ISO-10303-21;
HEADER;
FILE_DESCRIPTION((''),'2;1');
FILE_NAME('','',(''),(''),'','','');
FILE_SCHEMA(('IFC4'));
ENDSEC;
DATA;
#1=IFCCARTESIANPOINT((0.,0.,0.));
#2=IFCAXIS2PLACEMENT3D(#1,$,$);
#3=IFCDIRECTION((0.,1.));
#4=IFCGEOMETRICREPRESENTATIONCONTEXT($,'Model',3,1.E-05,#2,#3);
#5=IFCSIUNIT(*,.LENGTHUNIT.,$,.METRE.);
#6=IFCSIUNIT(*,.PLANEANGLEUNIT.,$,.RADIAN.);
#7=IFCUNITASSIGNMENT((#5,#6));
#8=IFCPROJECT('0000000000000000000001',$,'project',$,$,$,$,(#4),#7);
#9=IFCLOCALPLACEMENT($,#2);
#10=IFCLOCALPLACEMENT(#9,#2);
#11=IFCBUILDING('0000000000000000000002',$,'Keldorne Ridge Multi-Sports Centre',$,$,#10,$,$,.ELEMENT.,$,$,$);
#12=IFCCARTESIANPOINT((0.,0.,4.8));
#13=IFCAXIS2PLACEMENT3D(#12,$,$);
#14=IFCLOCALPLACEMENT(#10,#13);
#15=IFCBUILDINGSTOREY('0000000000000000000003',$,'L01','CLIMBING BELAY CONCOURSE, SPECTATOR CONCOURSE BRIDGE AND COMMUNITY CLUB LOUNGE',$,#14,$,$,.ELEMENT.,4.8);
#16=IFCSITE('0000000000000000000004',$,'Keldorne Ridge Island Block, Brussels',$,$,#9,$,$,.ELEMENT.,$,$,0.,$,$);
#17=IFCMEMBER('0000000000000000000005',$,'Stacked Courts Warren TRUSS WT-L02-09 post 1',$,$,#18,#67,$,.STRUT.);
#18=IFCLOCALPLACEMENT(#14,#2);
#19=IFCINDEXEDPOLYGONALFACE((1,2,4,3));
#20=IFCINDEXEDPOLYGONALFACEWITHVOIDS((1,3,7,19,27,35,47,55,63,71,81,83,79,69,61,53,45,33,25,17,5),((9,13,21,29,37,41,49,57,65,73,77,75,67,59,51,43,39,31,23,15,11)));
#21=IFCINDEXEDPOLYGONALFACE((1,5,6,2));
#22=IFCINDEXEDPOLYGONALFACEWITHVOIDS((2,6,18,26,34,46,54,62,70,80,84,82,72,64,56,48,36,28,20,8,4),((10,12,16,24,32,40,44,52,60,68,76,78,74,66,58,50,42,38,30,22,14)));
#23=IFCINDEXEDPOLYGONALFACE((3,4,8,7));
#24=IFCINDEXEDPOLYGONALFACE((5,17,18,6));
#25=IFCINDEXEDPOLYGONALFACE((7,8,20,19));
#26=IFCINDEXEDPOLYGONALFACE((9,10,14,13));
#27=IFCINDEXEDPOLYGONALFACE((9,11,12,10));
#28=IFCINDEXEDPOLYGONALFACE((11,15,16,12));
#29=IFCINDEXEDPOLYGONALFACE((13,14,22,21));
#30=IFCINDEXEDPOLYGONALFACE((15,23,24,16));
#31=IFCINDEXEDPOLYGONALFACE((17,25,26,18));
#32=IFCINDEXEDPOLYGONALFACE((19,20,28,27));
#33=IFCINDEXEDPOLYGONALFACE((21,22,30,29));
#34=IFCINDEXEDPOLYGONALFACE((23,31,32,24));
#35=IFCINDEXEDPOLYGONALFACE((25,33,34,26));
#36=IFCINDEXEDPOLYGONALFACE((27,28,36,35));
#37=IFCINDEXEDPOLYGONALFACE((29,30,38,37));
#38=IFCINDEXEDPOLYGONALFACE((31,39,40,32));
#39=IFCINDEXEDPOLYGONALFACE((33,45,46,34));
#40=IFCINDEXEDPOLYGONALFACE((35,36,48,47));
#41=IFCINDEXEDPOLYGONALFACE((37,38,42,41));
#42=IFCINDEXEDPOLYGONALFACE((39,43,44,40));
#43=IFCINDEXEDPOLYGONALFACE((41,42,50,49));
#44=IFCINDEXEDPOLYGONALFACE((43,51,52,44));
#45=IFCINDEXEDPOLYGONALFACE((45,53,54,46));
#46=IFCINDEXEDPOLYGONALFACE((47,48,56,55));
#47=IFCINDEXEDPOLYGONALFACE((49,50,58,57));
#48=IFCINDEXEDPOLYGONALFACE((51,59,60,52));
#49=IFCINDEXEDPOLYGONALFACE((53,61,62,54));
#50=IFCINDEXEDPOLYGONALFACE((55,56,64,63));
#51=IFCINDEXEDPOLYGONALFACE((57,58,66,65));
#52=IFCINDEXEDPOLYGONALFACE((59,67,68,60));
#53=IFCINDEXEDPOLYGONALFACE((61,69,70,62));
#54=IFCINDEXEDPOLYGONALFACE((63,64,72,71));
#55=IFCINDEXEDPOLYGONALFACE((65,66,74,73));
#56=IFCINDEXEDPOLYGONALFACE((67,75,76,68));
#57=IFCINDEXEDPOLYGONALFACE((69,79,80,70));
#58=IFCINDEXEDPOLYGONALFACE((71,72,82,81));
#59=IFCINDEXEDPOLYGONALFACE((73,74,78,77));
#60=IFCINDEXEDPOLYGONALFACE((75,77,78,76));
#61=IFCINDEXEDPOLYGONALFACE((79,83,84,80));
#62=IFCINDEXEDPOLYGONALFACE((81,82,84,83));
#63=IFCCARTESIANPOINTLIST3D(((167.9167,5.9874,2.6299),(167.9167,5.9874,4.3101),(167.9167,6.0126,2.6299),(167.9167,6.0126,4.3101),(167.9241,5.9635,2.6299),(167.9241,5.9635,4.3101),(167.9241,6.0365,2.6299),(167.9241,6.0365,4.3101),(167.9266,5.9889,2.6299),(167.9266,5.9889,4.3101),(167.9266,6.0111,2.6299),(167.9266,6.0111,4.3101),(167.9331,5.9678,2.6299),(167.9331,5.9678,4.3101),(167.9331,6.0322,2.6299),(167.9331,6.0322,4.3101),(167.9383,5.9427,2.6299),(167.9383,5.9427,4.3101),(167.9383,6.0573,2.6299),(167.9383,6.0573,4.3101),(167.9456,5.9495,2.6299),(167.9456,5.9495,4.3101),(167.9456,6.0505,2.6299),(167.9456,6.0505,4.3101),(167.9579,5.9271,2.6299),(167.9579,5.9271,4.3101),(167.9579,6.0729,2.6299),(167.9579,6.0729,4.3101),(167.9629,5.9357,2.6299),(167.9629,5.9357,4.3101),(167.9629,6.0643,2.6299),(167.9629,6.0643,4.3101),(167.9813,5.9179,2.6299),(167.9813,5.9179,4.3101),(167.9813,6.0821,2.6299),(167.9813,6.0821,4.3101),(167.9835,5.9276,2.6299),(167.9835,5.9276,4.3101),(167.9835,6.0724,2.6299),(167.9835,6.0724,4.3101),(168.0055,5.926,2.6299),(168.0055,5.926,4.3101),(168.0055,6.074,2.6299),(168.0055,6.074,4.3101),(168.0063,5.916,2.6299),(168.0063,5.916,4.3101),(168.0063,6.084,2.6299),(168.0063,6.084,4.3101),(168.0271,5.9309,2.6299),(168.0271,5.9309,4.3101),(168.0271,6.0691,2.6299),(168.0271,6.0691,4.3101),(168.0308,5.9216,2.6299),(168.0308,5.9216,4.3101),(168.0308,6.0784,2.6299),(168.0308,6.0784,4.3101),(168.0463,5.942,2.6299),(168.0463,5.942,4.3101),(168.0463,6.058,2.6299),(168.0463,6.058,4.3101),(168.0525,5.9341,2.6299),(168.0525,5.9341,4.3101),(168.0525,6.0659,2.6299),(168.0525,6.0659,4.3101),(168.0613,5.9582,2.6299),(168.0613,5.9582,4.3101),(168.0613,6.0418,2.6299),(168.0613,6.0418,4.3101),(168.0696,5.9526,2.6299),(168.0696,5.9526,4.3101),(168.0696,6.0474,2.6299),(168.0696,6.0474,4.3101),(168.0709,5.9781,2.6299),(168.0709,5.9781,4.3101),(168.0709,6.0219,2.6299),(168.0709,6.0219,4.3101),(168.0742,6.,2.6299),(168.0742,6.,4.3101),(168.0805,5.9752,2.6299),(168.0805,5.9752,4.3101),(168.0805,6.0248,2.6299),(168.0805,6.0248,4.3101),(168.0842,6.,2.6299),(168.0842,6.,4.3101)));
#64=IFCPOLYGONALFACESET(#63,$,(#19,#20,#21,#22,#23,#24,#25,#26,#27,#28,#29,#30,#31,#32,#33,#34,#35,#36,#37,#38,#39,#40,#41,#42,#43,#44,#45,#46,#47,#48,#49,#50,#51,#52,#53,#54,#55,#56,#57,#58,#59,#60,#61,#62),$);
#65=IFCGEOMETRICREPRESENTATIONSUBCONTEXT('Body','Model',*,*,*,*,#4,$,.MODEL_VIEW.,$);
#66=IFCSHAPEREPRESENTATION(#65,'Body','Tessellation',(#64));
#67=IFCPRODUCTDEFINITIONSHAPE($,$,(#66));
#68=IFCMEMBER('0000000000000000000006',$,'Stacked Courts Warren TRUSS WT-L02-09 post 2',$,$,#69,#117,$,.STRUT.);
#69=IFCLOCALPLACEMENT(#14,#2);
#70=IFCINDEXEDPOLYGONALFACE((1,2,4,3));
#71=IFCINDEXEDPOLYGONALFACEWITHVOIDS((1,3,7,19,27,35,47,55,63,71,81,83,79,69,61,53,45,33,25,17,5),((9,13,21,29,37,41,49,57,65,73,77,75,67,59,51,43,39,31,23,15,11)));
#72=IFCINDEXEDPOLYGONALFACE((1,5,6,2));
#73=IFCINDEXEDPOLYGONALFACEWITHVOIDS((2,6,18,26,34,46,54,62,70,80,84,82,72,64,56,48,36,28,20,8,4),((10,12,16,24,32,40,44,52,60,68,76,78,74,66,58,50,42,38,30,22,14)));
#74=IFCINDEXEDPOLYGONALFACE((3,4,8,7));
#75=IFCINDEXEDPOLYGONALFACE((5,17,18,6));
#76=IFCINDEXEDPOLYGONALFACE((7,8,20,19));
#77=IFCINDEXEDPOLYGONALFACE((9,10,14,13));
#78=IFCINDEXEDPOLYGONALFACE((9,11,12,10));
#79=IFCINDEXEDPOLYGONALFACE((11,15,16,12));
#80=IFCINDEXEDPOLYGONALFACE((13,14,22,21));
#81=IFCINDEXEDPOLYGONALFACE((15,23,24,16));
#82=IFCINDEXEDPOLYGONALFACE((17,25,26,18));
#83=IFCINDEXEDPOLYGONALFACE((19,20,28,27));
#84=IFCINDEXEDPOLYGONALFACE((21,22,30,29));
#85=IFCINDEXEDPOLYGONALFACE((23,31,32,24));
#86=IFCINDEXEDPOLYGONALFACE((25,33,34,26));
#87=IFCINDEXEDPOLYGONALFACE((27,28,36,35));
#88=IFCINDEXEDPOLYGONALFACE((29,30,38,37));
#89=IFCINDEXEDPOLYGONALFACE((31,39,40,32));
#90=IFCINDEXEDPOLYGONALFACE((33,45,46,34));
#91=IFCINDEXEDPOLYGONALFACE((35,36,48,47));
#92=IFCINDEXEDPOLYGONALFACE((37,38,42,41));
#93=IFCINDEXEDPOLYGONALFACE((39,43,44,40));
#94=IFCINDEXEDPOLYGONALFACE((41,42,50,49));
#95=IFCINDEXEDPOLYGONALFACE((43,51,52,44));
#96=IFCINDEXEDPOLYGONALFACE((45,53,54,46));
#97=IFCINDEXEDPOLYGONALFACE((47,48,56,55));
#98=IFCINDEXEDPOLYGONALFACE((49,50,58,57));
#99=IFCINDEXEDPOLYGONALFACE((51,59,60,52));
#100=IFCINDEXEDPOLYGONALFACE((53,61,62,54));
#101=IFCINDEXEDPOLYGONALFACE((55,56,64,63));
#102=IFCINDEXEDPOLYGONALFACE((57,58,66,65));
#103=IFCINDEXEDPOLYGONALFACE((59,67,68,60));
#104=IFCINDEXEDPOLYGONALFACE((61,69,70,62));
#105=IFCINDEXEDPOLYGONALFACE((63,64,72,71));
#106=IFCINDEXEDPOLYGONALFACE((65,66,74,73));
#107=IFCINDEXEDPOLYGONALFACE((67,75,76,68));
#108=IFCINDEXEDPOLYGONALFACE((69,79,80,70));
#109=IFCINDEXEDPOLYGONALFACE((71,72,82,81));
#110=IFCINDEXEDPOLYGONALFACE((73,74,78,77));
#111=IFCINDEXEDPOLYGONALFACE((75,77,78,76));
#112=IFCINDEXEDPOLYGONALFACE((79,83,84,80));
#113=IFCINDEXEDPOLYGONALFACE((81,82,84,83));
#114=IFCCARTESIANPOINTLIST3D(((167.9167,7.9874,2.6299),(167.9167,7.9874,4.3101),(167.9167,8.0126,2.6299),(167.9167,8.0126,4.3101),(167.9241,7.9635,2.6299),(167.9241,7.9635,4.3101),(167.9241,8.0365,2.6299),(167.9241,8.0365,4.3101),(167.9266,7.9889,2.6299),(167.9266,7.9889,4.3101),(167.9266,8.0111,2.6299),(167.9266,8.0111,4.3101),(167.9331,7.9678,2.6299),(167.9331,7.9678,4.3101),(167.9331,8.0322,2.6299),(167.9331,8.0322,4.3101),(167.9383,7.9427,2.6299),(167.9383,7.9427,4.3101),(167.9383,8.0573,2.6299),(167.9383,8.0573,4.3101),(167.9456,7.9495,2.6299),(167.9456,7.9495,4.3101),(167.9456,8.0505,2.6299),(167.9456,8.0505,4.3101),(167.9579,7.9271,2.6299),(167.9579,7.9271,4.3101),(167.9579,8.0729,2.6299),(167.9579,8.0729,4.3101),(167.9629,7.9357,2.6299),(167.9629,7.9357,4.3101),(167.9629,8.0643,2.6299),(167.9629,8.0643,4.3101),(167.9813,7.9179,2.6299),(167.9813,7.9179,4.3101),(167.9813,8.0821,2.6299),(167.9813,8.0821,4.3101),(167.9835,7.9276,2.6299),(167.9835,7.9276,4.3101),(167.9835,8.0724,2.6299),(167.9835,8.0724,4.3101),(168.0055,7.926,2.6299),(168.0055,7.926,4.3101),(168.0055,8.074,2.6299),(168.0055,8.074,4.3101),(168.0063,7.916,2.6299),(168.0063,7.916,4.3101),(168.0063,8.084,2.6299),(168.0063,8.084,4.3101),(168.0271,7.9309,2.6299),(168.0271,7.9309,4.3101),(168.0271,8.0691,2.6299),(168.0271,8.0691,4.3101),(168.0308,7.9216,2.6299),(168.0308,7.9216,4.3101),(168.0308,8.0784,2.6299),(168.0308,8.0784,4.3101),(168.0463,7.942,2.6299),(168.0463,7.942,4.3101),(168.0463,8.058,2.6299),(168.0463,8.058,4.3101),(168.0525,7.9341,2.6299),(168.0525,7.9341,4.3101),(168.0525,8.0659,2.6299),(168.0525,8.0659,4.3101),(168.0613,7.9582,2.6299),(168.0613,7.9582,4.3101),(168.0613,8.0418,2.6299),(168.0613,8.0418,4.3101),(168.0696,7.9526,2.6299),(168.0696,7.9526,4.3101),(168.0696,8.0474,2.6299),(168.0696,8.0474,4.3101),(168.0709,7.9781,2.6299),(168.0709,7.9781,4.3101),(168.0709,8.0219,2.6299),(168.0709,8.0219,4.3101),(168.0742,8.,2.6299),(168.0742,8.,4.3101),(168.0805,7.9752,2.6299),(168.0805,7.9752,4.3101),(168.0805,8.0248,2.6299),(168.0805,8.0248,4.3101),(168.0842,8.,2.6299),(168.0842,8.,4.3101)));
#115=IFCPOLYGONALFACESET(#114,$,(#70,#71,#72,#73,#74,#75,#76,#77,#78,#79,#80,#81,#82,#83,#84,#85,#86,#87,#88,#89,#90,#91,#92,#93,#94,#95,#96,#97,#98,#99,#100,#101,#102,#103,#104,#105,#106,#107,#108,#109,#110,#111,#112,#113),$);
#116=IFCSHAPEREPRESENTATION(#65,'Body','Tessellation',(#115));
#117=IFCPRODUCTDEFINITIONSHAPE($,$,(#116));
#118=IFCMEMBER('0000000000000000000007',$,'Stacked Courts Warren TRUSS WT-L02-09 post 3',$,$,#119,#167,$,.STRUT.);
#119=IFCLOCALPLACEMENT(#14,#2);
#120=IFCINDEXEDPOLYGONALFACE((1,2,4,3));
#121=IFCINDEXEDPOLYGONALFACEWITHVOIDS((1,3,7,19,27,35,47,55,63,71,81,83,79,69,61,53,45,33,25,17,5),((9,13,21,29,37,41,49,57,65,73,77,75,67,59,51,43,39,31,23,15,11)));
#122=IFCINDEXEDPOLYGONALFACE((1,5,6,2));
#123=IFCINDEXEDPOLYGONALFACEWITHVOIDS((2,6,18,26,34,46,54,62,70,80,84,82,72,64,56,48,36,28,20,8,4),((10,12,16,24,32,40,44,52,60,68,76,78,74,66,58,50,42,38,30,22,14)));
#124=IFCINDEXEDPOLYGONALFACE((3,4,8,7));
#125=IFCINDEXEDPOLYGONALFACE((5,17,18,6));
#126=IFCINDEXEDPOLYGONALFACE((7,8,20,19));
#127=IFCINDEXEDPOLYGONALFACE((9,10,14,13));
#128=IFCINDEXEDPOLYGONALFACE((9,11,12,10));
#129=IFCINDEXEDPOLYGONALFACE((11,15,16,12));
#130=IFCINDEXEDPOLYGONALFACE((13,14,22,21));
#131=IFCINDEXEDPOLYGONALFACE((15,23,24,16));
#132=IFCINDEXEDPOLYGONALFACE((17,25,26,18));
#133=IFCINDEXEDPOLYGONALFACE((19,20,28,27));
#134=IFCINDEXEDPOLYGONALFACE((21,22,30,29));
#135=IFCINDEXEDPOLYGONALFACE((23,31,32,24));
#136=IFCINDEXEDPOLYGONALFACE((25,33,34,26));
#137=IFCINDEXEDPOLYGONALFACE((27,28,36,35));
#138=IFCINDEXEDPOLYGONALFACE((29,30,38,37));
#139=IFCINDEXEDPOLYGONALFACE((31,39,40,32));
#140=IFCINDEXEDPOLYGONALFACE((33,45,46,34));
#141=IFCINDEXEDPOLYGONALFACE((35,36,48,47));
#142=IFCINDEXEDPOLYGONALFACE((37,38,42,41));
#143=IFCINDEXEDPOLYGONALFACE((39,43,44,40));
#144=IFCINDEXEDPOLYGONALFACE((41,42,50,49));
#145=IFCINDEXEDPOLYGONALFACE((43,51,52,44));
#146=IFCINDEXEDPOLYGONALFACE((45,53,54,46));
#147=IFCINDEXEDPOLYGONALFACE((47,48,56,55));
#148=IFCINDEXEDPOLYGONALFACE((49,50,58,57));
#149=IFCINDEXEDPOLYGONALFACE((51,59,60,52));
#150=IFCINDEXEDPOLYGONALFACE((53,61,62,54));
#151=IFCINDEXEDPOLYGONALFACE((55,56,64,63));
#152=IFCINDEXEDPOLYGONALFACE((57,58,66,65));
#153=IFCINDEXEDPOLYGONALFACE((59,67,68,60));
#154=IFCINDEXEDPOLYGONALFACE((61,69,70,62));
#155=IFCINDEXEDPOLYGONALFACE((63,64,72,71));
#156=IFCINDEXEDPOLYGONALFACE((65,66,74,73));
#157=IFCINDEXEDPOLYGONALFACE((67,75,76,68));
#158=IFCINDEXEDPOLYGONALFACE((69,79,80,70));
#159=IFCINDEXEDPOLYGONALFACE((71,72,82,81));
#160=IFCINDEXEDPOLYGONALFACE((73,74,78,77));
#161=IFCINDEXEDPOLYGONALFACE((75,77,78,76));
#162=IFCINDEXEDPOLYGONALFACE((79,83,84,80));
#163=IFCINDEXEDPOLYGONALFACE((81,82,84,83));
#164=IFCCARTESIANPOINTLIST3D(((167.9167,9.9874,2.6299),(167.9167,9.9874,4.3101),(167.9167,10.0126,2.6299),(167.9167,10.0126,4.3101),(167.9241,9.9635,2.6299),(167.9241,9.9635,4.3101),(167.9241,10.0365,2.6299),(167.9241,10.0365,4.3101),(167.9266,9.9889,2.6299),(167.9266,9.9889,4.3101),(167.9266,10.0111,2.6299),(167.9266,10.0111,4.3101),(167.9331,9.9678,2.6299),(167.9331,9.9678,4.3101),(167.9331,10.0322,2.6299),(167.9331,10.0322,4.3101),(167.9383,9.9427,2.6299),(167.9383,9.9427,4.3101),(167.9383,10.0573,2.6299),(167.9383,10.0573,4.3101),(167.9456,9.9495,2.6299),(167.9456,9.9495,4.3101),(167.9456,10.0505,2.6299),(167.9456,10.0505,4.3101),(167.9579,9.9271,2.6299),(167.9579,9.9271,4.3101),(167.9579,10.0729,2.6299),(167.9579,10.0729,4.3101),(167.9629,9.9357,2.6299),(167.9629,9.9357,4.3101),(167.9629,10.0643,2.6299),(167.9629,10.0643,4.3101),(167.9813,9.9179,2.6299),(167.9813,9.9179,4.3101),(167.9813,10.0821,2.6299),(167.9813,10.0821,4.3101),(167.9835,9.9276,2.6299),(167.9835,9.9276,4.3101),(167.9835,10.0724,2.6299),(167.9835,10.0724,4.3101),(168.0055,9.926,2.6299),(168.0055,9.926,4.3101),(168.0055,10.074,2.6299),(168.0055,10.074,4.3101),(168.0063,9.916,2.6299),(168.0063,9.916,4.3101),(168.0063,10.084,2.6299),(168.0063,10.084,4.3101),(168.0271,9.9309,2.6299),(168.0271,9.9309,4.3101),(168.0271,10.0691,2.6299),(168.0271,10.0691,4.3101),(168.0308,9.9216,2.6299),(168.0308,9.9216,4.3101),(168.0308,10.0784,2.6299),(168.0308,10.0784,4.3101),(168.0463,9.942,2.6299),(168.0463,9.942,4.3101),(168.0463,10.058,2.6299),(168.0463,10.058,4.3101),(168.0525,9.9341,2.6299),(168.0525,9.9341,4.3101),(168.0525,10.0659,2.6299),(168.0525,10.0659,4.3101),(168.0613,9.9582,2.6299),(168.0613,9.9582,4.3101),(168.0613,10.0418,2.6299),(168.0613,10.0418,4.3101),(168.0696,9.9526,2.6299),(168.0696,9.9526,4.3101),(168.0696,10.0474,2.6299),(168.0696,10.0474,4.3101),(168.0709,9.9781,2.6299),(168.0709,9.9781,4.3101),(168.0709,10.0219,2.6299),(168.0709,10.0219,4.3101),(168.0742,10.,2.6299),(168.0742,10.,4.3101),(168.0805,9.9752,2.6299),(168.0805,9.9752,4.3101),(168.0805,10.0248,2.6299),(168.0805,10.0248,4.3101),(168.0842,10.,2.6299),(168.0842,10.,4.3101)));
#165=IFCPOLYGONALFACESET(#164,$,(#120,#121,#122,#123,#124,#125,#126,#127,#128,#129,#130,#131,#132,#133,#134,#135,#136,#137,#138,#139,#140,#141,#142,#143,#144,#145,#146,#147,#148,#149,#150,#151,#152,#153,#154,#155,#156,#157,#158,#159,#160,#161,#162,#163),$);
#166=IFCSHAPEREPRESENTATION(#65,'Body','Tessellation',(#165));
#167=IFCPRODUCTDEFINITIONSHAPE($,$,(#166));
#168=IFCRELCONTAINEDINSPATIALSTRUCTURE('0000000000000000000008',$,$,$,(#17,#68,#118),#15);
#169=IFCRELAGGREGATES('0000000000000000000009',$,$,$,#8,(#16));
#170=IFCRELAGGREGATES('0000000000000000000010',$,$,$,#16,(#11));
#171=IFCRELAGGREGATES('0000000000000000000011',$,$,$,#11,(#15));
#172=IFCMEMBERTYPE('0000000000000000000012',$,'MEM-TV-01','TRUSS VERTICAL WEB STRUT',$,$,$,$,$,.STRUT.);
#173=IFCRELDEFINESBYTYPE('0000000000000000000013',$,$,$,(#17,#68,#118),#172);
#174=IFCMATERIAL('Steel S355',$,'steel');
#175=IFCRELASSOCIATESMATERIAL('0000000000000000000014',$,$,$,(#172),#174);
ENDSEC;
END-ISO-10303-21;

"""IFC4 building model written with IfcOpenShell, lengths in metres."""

from ifc_helpers import new_model, si_unit, direction, frame, origin, origin_2d, place, context, subcontext, project, spatial, hollow_circle, extrude, material, material_profile, profile_set, type_object, element, save


model = new_model("IFC4")

# Units and contexts
model_context = context("Model", 3, precision=1e-05, world=origin(), true_north=direction((0.0, 1.0)))
body_context = subcontext(model_context, "Body", "Model", "MODEL_VIEW")
ifc_project = project(units=[si_unit("LENGTHUNIT", "METRE"), si_unit("PLANEANGLEUNIT", "RADIAN")], contexts=[model_context])

# Site, building, storey
site_placement = place(None, origin())
site = spatial("IfcSite", under=ifc_project, at=site_placement, Name="Keldorne Ridge Island Block, Brussels", CompositionType="ELEMENT", RefElevation=0.0)
building_placement = place(site_placement, origin())
building = spatial("IfcBuilding", under=site, at=building_placement, Name="Keldorne Ridge Multi-Sports Centre", CompositionType="ELEMENT")
storey_placement = place(building_placement, frame((0.0, 0.0, 4.8)))
storey = spatial("IfcBuildingStorey", under=building, at=storey_placement, Name="L01", Description="CLIMBING BELAY CONCOURSE, SPECTATOR CONCOURSE BRIDGE AND COMMUNITY CLUB LOUNGE", CompositionType="ELEMENT", Elevation=4.8)

# Shared definitions
ifc_material_1 = material(Name="Steel S355", Category="steel")

# Members
ifc_material_profile_1 = material_profile(ifc_material_1, hollow_circle(Radius=0.0842, WallThickness=0.01, at=origin_2d()), Name="CHS 168.3x10")
ifc_profile_set_1 = profile_set([ifc_material_profile_1], Name="Steel S355")
member_type_1 = type_object("IfcMemberType", Name="MEM-TV-01", Description="TRUSS VERTICAL WEB STRUT", PredefinedType="STRUT", material=ifc_profile_set_1)
for number, where, z_axis, x_axis, name in (
    (1, (168.0, 6.0, 2.6299), (0.0, 0.0, 1.0), (1.0, 0.0, 0.0), "Stacked Courts Warren TRUSS WT-L02-09 post 1"),
    (2, (168.0, 8.0, 2.6299), (0.0, 0.0, 1.0), (1.0, 0.0, 0.0), "Stacked Courts Warren TRUSS WT-L02-09 post 2"),
    (3, (168.0, 10.0, 2.6299), (0.0, 0.0, 1.0), (1.0, 0.0, 0.0), "Stacked Courts Warren TRUSS WT-L02-09 post 3"),
):
    element("IfcMember", number, at=place(storey_placement, frame(where, z_axis=z_axis, x_axis=x_axis)), inside=storey, type_object=member_type_1, Name=name, PredefinedType="STRUT", context=body_context, shape_type="SweptSolid", body=[
        extrude(hollow_circle(Radius=0.0842, WallThickness=0.01, at=origin_2d()), origin(), (0.0, 0.0, 1.0), 1.6802),
    ])

save(model, "model.ifc")
